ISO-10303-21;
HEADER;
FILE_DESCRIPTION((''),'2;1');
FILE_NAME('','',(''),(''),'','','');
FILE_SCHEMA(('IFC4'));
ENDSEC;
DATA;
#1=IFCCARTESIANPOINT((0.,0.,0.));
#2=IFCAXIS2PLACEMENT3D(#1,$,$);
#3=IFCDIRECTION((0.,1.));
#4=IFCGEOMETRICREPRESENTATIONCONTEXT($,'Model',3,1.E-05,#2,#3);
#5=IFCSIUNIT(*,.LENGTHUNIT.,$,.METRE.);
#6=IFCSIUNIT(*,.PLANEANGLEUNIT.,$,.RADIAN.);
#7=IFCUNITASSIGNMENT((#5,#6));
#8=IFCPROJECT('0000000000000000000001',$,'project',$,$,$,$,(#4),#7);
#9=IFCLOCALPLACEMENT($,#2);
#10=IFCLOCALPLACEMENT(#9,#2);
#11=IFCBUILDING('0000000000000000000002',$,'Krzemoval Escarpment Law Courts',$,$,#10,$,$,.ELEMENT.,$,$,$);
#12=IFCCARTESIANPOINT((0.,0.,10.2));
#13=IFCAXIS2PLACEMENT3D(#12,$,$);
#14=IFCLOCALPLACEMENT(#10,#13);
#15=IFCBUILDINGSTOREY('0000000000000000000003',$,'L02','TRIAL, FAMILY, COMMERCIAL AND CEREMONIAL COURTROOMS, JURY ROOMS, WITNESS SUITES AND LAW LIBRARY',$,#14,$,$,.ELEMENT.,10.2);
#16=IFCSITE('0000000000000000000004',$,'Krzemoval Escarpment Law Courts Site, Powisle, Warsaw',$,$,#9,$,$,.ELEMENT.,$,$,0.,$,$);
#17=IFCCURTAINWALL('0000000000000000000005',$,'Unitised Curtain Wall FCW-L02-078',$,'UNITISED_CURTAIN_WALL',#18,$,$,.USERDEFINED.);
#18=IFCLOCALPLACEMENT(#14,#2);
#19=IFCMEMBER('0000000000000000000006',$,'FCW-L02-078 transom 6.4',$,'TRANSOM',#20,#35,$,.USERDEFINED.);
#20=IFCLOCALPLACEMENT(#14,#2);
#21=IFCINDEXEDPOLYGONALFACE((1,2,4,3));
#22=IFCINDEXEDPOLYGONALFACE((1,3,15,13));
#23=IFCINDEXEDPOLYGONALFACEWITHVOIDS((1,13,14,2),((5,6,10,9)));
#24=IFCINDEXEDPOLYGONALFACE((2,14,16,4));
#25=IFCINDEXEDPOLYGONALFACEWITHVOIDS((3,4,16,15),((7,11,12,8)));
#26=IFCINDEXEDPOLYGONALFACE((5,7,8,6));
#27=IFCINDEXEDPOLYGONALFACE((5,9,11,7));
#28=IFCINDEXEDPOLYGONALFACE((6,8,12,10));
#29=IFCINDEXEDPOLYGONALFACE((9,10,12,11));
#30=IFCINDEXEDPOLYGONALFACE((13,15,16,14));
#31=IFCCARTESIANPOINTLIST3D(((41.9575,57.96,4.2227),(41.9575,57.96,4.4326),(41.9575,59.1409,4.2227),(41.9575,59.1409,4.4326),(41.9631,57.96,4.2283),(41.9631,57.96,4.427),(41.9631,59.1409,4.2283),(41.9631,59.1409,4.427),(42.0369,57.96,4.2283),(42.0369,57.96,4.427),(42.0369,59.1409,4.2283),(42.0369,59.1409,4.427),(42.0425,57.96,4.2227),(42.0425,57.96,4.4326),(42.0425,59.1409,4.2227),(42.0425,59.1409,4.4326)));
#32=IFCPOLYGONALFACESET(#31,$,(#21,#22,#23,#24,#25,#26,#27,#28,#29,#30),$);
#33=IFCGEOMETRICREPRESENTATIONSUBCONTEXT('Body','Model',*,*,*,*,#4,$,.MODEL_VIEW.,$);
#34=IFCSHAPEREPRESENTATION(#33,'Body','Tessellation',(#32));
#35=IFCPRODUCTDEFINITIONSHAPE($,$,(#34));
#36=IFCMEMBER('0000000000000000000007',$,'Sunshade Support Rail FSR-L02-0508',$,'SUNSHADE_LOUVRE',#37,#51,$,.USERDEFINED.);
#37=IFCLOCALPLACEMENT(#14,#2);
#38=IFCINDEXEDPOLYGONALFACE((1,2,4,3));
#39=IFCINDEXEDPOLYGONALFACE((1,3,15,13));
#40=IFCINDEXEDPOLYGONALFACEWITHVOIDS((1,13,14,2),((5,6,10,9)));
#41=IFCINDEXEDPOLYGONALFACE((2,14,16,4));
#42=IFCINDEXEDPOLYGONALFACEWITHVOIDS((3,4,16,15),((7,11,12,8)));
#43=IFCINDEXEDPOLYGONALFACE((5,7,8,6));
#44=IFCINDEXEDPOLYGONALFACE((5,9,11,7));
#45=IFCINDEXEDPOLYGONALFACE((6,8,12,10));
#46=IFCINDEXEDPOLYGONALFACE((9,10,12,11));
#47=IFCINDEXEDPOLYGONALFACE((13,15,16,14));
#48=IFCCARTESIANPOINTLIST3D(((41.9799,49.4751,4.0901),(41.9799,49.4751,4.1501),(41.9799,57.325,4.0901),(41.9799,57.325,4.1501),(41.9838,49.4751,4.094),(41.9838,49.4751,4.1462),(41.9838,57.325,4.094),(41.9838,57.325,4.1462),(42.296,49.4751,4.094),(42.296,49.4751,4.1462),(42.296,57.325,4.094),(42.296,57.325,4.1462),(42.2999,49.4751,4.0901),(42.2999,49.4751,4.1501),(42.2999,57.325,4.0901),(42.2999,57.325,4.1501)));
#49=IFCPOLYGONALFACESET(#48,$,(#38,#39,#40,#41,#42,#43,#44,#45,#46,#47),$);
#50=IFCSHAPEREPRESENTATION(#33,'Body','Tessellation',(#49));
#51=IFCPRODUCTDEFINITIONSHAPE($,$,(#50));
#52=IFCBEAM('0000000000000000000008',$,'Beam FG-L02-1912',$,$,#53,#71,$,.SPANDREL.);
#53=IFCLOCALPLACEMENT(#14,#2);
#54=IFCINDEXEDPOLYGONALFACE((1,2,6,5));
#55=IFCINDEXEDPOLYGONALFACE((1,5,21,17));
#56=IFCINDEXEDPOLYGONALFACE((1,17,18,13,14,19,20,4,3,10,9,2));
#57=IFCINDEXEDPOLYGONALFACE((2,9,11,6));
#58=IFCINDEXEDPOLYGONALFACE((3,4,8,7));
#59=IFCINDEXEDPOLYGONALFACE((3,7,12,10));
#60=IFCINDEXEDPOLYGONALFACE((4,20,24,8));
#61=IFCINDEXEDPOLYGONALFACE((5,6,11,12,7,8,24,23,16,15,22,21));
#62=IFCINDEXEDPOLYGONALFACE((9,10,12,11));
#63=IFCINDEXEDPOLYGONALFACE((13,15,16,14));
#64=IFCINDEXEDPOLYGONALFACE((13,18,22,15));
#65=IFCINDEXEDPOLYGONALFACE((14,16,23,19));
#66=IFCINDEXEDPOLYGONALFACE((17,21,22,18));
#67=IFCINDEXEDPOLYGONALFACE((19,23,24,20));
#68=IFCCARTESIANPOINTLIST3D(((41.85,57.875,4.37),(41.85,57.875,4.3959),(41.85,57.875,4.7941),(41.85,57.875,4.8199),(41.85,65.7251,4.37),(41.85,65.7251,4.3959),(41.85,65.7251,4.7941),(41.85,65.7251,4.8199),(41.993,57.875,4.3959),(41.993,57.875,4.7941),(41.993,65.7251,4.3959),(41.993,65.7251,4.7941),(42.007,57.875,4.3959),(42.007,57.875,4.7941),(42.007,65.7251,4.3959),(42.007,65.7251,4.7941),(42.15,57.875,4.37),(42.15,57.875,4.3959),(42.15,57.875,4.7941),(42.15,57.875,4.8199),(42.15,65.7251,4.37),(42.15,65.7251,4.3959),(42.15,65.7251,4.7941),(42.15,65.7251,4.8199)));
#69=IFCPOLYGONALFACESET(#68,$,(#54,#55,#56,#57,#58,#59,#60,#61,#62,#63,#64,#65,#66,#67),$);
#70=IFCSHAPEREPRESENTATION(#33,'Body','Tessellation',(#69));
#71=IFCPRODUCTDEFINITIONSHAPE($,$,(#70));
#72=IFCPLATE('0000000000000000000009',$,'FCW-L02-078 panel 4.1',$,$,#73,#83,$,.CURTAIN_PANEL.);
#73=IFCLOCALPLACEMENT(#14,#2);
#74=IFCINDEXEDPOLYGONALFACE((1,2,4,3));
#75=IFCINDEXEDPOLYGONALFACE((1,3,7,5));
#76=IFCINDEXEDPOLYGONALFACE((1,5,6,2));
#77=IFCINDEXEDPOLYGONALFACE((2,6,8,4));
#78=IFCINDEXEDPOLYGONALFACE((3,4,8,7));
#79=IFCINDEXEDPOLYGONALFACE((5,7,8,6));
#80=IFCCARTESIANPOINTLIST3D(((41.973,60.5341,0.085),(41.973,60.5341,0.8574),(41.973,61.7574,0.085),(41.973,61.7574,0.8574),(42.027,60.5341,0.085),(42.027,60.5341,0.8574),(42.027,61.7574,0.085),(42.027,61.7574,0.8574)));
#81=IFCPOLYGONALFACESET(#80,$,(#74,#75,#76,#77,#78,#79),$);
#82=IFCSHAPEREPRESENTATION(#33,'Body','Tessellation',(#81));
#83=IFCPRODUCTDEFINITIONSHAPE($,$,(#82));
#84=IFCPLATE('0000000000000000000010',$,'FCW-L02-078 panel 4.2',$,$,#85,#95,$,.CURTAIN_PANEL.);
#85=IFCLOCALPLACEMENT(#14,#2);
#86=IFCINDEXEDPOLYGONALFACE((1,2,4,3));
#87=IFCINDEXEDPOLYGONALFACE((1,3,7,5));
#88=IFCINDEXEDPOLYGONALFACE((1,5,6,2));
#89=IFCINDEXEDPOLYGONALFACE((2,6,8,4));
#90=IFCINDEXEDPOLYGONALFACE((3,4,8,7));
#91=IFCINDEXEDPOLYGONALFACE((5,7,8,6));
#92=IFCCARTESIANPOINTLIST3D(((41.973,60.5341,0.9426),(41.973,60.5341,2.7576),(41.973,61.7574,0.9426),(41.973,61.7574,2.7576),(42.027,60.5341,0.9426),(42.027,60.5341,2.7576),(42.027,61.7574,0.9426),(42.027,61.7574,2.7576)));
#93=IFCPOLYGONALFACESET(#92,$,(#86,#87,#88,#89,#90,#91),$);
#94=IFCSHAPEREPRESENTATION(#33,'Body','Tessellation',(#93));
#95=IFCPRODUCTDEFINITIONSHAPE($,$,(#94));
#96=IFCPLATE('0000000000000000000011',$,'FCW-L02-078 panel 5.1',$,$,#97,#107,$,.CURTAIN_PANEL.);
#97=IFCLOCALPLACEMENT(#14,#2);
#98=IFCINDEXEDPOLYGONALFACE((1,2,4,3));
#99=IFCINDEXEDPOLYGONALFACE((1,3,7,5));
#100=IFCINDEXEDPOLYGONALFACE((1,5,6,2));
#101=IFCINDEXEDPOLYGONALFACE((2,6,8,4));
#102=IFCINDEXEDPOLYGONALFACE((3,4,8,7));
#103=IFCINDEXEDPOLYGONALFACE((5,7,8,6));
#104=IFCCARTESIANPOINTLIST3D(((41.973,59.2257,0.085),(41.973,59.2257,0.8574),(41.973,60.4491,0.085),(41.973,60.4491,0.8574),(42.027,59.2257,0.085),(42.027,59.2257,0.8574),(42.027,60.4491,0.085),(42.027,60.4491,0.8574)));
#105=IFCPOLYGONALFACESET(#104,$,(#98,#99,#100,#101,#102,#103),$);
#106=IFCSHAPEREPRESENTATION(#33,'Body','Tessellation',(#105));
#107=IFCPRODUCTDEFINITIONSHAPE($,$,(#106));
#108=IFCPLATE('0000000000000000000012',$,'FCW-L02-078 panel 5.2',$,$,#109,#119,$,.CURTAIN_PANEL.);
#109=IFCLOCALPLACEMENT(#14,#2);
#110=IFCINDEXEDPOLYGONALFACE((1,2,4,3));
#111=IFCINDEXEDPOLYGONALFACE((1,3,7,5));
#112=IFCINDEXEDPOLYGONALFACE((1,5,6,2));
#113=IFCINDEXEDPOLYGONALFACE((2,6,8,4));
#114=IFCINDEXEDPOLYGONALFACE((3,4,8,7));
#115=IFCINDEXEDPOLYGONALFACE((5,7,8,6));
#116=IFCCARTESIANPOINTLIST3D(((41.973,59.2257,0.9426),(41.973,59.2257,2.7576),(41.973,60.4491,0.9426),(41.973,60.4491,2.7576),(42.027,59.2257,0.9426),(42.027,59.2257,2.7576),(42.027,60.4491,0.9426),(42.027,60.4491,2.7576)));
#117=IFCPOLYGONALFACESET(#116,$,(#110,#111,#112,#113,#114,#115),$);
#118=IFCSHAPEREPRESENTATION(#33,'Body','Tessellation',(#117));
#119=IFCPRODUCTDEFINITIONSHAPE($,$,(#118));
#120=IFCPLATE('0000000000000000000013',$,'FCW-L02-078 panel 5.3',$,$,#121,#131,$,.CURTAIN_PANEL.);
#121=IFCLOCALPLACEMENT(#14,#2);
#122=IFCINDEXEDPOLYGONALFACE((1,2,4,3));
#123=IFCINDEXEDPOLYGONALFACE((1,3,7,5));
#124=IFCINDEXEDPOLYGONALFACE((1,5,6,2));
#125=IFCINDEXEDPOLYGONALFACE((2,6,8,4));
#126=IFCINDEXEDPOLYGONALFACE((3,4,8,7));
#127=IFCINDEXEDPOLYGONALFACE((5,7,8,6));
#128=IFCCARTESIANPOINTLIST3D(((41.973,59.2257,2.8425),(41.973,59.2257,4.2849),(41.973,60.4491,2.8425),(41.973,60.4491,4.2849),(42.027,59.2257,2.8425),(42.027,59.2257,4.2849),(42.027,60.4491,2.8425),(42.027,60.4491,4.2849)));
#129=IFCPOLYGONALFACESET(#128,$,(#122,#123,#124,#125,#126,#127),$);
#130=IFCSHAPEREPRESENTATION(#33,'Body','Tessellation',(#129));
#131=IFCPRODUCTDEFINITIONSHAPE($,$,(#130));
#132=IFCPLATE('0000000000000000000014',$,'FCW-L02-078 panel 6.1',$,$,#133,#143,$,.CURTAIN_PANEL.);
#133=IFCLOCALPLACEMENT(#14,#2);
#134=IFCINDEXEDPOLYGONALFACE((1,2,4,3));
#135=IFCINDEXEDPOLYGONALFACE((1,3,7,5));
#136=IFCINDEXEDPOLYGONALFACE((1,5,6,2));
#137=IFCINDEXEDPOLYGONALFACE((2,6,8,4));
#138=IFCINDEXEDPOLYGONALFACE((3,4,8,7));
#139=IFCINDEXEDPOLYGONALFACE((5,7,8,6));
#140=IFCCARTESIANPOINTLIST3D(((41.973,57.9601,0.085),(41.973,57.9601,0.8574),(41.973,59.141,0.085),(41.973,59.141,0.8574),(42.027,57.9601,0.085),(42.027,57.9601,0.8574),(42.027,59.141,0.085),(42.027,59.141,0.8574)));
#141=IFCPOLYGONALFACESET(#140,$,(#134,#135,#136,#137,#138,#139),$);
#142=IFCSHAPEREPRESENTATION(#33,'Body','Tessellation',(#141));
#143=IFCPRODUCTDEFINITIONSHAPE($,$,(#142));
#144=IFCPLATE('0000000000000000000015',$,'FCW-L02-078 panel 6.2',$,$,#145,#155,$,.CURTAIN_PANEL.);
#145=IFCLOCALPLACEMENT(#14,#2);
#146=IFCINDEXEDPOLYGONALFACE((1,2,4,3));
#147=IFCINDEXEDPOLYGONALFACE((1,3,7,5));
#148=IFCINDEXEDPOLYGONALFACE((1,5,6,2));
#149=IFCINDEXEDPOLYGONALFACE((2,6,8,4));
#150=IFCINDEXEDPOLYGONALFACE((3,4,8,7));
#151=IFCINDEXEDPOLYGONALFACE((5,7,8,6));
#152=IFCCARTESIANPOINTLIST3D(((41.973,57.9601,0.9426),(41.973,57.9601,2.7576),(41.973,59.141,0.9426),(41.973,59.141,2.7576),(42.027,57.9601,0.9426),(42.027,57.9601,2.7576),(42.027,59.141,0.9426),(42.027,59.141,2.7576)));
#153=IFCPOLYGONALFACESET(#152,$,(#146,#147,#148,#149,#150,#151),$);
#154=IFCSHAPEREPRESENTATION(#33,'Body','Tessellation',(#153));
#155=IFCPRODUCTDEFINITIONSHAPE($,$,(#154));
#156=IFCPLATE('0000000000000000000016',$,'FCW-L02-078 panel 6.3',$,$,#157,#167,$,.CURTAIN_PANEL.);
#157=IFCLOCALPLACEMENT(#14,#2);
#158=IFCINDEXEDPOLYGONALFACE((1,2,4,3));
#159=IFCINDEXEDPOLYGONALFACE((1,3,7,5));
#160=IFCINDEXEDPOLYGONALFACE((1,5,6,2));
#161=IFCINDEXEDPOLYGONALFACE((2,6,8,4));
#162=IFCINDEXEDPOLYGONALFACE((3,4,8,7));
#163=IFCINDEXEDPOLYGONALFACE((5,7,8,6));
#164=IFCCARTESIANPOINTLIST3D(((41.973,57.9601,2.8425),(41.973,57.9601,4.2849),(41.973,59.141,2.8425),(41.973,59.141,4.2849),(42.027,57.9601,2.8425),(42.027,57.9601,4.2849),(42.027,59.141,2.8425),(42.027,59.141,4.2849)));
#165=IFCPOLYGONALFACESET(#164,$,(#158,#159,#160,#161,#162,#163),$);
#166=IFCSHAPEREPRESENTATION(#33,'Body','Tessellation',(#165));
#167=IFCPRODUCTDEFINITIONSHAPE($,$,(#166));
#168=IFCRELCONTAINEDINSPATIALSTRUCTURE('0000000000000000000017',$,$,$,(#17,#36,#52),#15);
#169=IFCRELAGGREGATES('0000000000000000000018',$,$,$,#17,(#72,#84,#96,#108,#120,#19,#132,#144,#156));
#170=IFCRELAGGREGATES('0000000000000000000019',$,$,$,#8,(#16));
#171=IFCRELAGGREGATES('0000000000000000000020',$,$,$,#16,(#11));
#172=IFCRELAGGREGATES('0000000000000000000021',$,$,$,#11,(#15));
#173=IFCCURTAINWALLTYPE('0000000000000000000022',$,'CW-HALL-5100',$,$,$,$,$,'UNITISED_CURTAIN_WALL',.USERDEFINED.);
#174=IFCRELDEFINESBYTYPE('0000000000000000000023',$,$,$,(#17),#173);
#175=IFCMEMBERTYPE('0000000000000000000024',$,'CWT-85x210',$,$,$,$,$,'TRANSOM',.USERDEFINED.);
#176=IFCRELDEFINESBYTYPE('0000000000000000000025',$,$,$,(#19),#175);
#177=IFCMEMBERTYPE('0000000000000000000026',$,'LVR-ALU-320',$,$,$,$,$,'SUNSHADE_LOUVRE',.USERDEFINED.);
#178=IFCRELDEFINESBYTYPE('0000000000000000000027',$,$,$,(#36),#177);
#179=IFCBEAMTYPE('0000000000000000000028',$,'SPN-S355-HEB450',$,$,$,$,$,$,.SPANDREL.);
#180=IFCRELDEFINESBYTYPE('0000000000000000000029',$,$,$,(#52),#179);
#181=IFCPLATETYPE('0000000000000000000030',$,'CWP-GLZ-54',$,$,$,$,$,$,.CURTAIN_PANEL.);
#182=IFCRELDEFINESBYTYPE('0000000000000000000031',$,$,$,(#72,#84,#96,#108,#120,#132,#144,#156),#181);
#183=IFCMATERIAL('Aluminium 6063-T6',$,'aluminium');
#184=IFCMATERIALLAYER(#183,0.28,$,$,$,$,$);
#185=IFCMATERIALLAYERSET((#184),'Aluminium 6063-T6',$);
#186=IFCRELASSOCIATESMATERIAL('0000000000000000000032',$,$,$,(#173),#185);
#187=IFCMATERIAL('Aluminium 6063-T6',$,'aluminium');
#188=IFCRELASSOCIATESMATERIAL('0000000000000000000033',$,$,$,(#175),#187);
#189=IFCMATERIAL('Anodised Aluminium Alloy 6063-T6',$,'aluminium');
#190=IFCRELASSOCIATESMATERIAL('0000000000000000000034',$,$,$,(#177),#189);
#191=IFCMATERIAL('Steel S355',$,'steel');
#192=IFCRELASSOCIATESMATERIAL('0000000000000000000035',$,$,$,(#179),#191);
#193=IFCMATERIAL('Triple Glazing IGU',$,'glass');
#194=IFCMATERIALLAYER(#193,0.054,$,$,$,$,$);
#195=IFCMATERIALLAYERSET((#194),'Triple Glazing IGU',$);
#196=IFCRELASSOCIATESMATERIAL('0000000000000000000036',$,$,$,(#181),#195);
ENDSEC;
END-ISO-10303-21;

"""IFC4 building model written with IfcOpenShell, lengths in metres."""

from ifc_helpers import new_model, si_unit, direction, frame, origin, origin_2d, place, context, subcontext, project, spatial, rectangle, hollow_rectangle, i_section, extrude, material, layer, layer_set, material_profile, profile_set, type_object, element, aggregate, save


model = new_model("IFC4")

# Units and contexts
model_context = context("Model", 3, precision=1e-05, world=origin(), true_north=direction((0.0, 1.0)))
body_context = subcontext(model_context, "Body", "Model", "MODEL_VIEW")
ifc_project = project(units=[si_unit("LENGTHUNIT", "METRE"), si_unit("PLANEANGLEUNIT", "RADIAN")], contexts=[model_context])

# Site, building, storey
site_placement = place(None, origin())
site = spatial("IfcSite", under=ifc_project, at=site_placement, Name="Krzemoval Escarpment Law Courts Site, Powisle, Warsaw", CompositionType="ELEMENT", RefElevation=0.0)
building_placement = place(site_placement, origin())
building = spatial("IfcBuilding", under=site, at=building_placement, Name="Krzemoval Escarpment Law Courts", CompositionType="ELEMENT")
storey_placement = place(building_placement, frame((0.0, 0.0, 10.2)))
storey = spatial("IfcBuildingStorey", under=building, at=storey_placement, Name="L02", Description="TRIAL, FAMILY, COMMERCIAL AND CEREMONIAL COURTROOMS, JURY ROOMS, WITNESS SUITES AND LAW LIBRARY", CompositionType="ELEMENT", Elevation=10.2)

# Curtain wall, member
ifc_material_1 = material(Name="Aluminium 6063-T6", Category="aluminium")
ifc_layer_1 = layer(ifc_material_1, 0.28)
ifc_layer_set_1 = layer_set([ifc_layer_1], Name="Aluminium 6063-T6")
curtain_wall_type = type_object("IfcCurtainWallType", Name="CW-HALL-5100", ElementType="UNITISED_CURTAIN_WALL", PredefinedType="USERDEFINED", material=ifc_layer_set_1)
curtain_wall_placement = place(storey_placement, origin())
curtain_wall = element("IfcCurtainWall", 1, at=curtain_wall_placement, inside=storey, type_object=curtain_wall_type, Name="Unitised Curtain Wall FCW-L02-078", ObjectType="UNITISED_CURTAIN_WALL", PredefinedType="USERDEFINED")
ifc_material_2 = material(Name="Aluminium 6063-T6", Category="aluminium")
ifc_material_profile_1 = material_profile(ifc_material_2, hollow_rectangle(XDim=0.085, YDim=0.21, WallThickness=0.0056, at=origin_2d()), Name="ALU T85x210")
ifc_profile_set_1 = profile_set([ifc_material_profile_1], Name="Aluminium 6063-T6")
member_type_1 = type_object("IfcMemberType", Name="CWT-85x210", ElementType="TRANSOM", PredefinedType="USERDEFINED", material=ifc_profile_set_1)
member_1_placement = place(storey_placement, frame((42.0, 59.1409, 4.3276), z_axis=(0.0, -1.0, 0.0), x_axis=(1.0, 0.0, 0.0)))
member_1 = element("IfcMember", 2, at=member_1_placement, type_object=member_type_1, Name="FCW-L02-078 transom 6.4", ObjectType="TRANSOM", PredefinedType="USERDEFINED", context=body_context, shape_type="SweptSolid", body=[
    extrude(hollow_rectangle(XDim=0.085, YDim=0.21, WallThickness=0.0056, at=origin_2d()), origin(), (0.0, 0.0, 1.0), 1.1809),
])

# Member
ifc_material_3 = material(Name="Anodised Aluminium Alloy 6063-T6", Category="aluminium")
ifc_material_profile_2 = material_profile(ifc_material_3, hollow_rectangle(XDim=0.0601, YDim=0.3201, WallThickness=0.0039, at=origin_2d()), Name="ALU LVR 60x320")
ifc_profile_set_2 = profile_set([ifc_material_profile_2], Name="Anodised Aluminium Alloy 6063-T6")
member_type_2 = type_object("IfcMemberType", Name="LVR-ALU-320", ElementType="SUNSHADE_LOUVRE", PredefinedType="USERDEFINED", material=ifc_profile_set_2)
member_2_placement = place(storey_placement, frame((42.1399, 57.325, 4.1201), z_axis=(0.0, -1.0, 0.0), x_axis=(0.0, 0.0, 1.0)))
element("IfcMember", 3, at=member_2_placement, inside=storey, type_object=member_type_2, Name="Sunshade Support Rail FSR-L02-0508", ObjectType="SUNSHADE_LOUVRE", PredefinedType="USERDEFINED", context=body_context, shape_type="SweptSolid", body=[
    extrude(hollow_rectangle(XDim=0.0601, YDim=0.3201, WallThickness=0.0039, at=origin_2d()), origin(), (0.0, 0.0, 1.0), 7.8499),
])

# Beam
ifc_material_4 = material(Name="Steel S355", Category="steel")
ifc_material_profile_3 = material_profile(ifc_material_4, i_section(OverallWidth=0.3, OverallDepth=0.45, WebThickness=0.0139, FlangeThickness=0.0259, at=origin_2d()), Name="HEB 450")
ifc_profile_set_3 = profile_set([ifc_material_profile_3], Name="Steel S355")
beam_type = type_object("IfcBeamType", Name="SPN-S355-HEB450", PredefinedType="SPANDREL", material=ifc_profile_set_3)
beam_placement = place(storey_placement, frame((42.0, 57.875, 4.595), z_axis=(0.0, 1.0, 0.0), x_axis=(-1.0, 0.0, 0.0)))
element("IfcBeam", 4, at=beam_placement, inside=storey, type_object=beam_type, Name="Beam FG-L02-1912", PredefinedType="SPANDREL", context=body_context, shape_type="SweptSolid", body=[
    extrude(i_section(OverallWidth=0.3, OverallDepth=0.45, WebThickness=0.0139, FlangeThickness=0.0259, at=origin_2d()), origin(), (0.0, 0.0, 1.0), 7.8501),
])

# Plates
ifc_material_5 = material(Name="Triple Glazing IGU", Category="glass")
ifc_layer_2 = layer(ifc_material_5, 0.054)
ifc_layer_set_2 = layer_set([ifc_layer_2], Name="Triple Glazing IGU")
plate_type = type_object("IfcPlateType", Name="CWP-GLZ-54", PredefinedType="CURTAIN_PANEL", material=ifc_layer_set_2)
plate_1_placement = place(storey_placement, frame((42.0, 61.1458, 0.085), z_axis=(0.0, 0.0, 1.0), x_axis=(0.0, -1.0, 0.0)))
plate_1 = element("IfcPlate", 5, at=plate_1_placement, type_object=plate_type, Name="FCW-L02-078 panel 4.1", PredefinedType="CURTAIN_PANEL", context=body_context, shape_type="SweptSolid", body=[
    extrude(rectangle(XDim=1.2234, YDim=0.054, at=origin_2d()), origin(), (0.0, 0.0, 1.0), 0.7725),
])
plate_2_placement = place(storey_placement, frame((42.0, 61.1458, 0.9426), z_axis=(0.0, 0.0, 1.0), x_axis=(0.0, -1.0, 0.0)))
plate_2 = element("IfcPlate", 6, at=plate_2_placement, type_object=plate_type, Name="FCW-L02-078 panel 4.2", PredefinedType="CURTAIN_PANEL", context=body_context, shape_type="SweptSolid", body=[
    extrude(rectangle(XDim=1.2234, YDim=0.054, at=origin_2d()), origin(), (0.0, 0.0, 1.0), 1.8149),
])
plate_3_placement = place(storey_placement, frame((42.0, 59.8374, 0.085), z_axis=(0.0, 0.0, 1.0), x_axis=(0.0, -1.0, 0.0)))
plate_3 = element("IfcPlate", 7, at=plate_3_placement, type_object=plate_type, Name="FCW-L02-078 panel 5.1", PredefinedType="CURTAIN_PANEL", context=body_context, shape_type="SweptSolid", body=[
    extrude(rectangle(XDim=1.2234, YDim=0.054, at=origin_2d()), origin(), (0.0, 0.0, 1.0), 0.7725),
])
plate_4_placement = place(storey_placement, frame((42.0, 59.8374, 0.9426), z_axis=(0.0, 0.0, 1.0), x_axis=(0.0, -1.0, 0.0)))
plate_4 = element("IfcPlate", 8, at=plate_4_placement, type_object=plate_type, Name="FCW-L02-078 panel 5.2", PredefinedType="CURTAIN_PANEL", context=body_context, shape_type="SweptSolid", body=[
    extrude(rectangle(XDim=1.2234, YDim=0.054, at=origin_2d()), origin(), (0.0, 0.0, 1.0), 1.8149),
])
plate_5_placement = place(storey_placement, frame((42.0, 59.8374, 2.8425), z_axis=(0.0, 0.0, 1.0), x_axis=(0.0, -1.0, 0.0)))
plate_5 = element("IfcPlate", 9, at=plate_5_placement, type_object=plate_type, Name="FCW-L02-078 panel 5.3", PredefinedType="CURTAIN_PANEL", context=body_context, shape_type="SweptSolid", body=[
    extrude(rectangle(XDim=1.2234, YDim=0.054, at=origin_2d()), origin(), (0.0, 0.0, 1.0), 1.4424),
])
plate_6_placement = place(storey_placement, frame((42.0, 58.5505, 0.085), z_axis=(0.0, 0.0, 1.0), x_axis=(0.0, -1.0, 0.0)))
plate_6 = element("IfcPlate", 10, at=plate_6_placement, type_object=plate_type, Name="FCW-L02-078 panel 6.1", PredefinedType="CURTAIN_PANEL", context=body_context, shape_type="SweptSolid", body=[
    extrude(rectangle(XDim=1.1809, YDim=0.054, at=origin_2d()), origin(), (0.0, 0.0, 1.0), 0.7725),
])
plate_7_placement = place(storey_placement, frame((42.0, 58.5505, 0.9426), z_axis=(0.0, 0.0, 1.0), x_axis=(0.0, -1.0, 0.0)))
plate_7 = element("IfcPlate", 11, at=plate_7_placement, type_object=plate_type, Name="FCW-L02-078 panel 6.2", PredefinedType="CURTAIN_PANEL", context=body_context, shape_type="SweptSolid", body=[
    extrude(rectangle(XDim=1.1809, YDim=0.054, at=origin_2d()), origin(), (0.0, 0.0, 1.0), 1.8149),
])
plate_8_placement = place(storey_placement, frame((42.0, 58.5505, 2.8425), z_axis=(0.0, 0.0, 1.0), x_axis=(0.0, -1.0, 0.0)))
plate_8 = element("IfcPlate", 12, at=plate_8_placement, type_object=plate_type, Name="FCW-L02-078 panel 6.3", PredefinedType="CURTAIN_PANEL", context=body_context, shape_type="SweptSolid", body=[
    extrude(rectangle(XDim=1.1809, YDim=0.054, at=origin_2d()), origin(), (0.0, 0.0, 1.0), 1.4424),
])
aggregate(curtain_wall, [plate_1, plate_2, plate_3, plate_4, plate_5, member_1, plate_6, plate_7, plate_8])

save(model, "model.ifc")
